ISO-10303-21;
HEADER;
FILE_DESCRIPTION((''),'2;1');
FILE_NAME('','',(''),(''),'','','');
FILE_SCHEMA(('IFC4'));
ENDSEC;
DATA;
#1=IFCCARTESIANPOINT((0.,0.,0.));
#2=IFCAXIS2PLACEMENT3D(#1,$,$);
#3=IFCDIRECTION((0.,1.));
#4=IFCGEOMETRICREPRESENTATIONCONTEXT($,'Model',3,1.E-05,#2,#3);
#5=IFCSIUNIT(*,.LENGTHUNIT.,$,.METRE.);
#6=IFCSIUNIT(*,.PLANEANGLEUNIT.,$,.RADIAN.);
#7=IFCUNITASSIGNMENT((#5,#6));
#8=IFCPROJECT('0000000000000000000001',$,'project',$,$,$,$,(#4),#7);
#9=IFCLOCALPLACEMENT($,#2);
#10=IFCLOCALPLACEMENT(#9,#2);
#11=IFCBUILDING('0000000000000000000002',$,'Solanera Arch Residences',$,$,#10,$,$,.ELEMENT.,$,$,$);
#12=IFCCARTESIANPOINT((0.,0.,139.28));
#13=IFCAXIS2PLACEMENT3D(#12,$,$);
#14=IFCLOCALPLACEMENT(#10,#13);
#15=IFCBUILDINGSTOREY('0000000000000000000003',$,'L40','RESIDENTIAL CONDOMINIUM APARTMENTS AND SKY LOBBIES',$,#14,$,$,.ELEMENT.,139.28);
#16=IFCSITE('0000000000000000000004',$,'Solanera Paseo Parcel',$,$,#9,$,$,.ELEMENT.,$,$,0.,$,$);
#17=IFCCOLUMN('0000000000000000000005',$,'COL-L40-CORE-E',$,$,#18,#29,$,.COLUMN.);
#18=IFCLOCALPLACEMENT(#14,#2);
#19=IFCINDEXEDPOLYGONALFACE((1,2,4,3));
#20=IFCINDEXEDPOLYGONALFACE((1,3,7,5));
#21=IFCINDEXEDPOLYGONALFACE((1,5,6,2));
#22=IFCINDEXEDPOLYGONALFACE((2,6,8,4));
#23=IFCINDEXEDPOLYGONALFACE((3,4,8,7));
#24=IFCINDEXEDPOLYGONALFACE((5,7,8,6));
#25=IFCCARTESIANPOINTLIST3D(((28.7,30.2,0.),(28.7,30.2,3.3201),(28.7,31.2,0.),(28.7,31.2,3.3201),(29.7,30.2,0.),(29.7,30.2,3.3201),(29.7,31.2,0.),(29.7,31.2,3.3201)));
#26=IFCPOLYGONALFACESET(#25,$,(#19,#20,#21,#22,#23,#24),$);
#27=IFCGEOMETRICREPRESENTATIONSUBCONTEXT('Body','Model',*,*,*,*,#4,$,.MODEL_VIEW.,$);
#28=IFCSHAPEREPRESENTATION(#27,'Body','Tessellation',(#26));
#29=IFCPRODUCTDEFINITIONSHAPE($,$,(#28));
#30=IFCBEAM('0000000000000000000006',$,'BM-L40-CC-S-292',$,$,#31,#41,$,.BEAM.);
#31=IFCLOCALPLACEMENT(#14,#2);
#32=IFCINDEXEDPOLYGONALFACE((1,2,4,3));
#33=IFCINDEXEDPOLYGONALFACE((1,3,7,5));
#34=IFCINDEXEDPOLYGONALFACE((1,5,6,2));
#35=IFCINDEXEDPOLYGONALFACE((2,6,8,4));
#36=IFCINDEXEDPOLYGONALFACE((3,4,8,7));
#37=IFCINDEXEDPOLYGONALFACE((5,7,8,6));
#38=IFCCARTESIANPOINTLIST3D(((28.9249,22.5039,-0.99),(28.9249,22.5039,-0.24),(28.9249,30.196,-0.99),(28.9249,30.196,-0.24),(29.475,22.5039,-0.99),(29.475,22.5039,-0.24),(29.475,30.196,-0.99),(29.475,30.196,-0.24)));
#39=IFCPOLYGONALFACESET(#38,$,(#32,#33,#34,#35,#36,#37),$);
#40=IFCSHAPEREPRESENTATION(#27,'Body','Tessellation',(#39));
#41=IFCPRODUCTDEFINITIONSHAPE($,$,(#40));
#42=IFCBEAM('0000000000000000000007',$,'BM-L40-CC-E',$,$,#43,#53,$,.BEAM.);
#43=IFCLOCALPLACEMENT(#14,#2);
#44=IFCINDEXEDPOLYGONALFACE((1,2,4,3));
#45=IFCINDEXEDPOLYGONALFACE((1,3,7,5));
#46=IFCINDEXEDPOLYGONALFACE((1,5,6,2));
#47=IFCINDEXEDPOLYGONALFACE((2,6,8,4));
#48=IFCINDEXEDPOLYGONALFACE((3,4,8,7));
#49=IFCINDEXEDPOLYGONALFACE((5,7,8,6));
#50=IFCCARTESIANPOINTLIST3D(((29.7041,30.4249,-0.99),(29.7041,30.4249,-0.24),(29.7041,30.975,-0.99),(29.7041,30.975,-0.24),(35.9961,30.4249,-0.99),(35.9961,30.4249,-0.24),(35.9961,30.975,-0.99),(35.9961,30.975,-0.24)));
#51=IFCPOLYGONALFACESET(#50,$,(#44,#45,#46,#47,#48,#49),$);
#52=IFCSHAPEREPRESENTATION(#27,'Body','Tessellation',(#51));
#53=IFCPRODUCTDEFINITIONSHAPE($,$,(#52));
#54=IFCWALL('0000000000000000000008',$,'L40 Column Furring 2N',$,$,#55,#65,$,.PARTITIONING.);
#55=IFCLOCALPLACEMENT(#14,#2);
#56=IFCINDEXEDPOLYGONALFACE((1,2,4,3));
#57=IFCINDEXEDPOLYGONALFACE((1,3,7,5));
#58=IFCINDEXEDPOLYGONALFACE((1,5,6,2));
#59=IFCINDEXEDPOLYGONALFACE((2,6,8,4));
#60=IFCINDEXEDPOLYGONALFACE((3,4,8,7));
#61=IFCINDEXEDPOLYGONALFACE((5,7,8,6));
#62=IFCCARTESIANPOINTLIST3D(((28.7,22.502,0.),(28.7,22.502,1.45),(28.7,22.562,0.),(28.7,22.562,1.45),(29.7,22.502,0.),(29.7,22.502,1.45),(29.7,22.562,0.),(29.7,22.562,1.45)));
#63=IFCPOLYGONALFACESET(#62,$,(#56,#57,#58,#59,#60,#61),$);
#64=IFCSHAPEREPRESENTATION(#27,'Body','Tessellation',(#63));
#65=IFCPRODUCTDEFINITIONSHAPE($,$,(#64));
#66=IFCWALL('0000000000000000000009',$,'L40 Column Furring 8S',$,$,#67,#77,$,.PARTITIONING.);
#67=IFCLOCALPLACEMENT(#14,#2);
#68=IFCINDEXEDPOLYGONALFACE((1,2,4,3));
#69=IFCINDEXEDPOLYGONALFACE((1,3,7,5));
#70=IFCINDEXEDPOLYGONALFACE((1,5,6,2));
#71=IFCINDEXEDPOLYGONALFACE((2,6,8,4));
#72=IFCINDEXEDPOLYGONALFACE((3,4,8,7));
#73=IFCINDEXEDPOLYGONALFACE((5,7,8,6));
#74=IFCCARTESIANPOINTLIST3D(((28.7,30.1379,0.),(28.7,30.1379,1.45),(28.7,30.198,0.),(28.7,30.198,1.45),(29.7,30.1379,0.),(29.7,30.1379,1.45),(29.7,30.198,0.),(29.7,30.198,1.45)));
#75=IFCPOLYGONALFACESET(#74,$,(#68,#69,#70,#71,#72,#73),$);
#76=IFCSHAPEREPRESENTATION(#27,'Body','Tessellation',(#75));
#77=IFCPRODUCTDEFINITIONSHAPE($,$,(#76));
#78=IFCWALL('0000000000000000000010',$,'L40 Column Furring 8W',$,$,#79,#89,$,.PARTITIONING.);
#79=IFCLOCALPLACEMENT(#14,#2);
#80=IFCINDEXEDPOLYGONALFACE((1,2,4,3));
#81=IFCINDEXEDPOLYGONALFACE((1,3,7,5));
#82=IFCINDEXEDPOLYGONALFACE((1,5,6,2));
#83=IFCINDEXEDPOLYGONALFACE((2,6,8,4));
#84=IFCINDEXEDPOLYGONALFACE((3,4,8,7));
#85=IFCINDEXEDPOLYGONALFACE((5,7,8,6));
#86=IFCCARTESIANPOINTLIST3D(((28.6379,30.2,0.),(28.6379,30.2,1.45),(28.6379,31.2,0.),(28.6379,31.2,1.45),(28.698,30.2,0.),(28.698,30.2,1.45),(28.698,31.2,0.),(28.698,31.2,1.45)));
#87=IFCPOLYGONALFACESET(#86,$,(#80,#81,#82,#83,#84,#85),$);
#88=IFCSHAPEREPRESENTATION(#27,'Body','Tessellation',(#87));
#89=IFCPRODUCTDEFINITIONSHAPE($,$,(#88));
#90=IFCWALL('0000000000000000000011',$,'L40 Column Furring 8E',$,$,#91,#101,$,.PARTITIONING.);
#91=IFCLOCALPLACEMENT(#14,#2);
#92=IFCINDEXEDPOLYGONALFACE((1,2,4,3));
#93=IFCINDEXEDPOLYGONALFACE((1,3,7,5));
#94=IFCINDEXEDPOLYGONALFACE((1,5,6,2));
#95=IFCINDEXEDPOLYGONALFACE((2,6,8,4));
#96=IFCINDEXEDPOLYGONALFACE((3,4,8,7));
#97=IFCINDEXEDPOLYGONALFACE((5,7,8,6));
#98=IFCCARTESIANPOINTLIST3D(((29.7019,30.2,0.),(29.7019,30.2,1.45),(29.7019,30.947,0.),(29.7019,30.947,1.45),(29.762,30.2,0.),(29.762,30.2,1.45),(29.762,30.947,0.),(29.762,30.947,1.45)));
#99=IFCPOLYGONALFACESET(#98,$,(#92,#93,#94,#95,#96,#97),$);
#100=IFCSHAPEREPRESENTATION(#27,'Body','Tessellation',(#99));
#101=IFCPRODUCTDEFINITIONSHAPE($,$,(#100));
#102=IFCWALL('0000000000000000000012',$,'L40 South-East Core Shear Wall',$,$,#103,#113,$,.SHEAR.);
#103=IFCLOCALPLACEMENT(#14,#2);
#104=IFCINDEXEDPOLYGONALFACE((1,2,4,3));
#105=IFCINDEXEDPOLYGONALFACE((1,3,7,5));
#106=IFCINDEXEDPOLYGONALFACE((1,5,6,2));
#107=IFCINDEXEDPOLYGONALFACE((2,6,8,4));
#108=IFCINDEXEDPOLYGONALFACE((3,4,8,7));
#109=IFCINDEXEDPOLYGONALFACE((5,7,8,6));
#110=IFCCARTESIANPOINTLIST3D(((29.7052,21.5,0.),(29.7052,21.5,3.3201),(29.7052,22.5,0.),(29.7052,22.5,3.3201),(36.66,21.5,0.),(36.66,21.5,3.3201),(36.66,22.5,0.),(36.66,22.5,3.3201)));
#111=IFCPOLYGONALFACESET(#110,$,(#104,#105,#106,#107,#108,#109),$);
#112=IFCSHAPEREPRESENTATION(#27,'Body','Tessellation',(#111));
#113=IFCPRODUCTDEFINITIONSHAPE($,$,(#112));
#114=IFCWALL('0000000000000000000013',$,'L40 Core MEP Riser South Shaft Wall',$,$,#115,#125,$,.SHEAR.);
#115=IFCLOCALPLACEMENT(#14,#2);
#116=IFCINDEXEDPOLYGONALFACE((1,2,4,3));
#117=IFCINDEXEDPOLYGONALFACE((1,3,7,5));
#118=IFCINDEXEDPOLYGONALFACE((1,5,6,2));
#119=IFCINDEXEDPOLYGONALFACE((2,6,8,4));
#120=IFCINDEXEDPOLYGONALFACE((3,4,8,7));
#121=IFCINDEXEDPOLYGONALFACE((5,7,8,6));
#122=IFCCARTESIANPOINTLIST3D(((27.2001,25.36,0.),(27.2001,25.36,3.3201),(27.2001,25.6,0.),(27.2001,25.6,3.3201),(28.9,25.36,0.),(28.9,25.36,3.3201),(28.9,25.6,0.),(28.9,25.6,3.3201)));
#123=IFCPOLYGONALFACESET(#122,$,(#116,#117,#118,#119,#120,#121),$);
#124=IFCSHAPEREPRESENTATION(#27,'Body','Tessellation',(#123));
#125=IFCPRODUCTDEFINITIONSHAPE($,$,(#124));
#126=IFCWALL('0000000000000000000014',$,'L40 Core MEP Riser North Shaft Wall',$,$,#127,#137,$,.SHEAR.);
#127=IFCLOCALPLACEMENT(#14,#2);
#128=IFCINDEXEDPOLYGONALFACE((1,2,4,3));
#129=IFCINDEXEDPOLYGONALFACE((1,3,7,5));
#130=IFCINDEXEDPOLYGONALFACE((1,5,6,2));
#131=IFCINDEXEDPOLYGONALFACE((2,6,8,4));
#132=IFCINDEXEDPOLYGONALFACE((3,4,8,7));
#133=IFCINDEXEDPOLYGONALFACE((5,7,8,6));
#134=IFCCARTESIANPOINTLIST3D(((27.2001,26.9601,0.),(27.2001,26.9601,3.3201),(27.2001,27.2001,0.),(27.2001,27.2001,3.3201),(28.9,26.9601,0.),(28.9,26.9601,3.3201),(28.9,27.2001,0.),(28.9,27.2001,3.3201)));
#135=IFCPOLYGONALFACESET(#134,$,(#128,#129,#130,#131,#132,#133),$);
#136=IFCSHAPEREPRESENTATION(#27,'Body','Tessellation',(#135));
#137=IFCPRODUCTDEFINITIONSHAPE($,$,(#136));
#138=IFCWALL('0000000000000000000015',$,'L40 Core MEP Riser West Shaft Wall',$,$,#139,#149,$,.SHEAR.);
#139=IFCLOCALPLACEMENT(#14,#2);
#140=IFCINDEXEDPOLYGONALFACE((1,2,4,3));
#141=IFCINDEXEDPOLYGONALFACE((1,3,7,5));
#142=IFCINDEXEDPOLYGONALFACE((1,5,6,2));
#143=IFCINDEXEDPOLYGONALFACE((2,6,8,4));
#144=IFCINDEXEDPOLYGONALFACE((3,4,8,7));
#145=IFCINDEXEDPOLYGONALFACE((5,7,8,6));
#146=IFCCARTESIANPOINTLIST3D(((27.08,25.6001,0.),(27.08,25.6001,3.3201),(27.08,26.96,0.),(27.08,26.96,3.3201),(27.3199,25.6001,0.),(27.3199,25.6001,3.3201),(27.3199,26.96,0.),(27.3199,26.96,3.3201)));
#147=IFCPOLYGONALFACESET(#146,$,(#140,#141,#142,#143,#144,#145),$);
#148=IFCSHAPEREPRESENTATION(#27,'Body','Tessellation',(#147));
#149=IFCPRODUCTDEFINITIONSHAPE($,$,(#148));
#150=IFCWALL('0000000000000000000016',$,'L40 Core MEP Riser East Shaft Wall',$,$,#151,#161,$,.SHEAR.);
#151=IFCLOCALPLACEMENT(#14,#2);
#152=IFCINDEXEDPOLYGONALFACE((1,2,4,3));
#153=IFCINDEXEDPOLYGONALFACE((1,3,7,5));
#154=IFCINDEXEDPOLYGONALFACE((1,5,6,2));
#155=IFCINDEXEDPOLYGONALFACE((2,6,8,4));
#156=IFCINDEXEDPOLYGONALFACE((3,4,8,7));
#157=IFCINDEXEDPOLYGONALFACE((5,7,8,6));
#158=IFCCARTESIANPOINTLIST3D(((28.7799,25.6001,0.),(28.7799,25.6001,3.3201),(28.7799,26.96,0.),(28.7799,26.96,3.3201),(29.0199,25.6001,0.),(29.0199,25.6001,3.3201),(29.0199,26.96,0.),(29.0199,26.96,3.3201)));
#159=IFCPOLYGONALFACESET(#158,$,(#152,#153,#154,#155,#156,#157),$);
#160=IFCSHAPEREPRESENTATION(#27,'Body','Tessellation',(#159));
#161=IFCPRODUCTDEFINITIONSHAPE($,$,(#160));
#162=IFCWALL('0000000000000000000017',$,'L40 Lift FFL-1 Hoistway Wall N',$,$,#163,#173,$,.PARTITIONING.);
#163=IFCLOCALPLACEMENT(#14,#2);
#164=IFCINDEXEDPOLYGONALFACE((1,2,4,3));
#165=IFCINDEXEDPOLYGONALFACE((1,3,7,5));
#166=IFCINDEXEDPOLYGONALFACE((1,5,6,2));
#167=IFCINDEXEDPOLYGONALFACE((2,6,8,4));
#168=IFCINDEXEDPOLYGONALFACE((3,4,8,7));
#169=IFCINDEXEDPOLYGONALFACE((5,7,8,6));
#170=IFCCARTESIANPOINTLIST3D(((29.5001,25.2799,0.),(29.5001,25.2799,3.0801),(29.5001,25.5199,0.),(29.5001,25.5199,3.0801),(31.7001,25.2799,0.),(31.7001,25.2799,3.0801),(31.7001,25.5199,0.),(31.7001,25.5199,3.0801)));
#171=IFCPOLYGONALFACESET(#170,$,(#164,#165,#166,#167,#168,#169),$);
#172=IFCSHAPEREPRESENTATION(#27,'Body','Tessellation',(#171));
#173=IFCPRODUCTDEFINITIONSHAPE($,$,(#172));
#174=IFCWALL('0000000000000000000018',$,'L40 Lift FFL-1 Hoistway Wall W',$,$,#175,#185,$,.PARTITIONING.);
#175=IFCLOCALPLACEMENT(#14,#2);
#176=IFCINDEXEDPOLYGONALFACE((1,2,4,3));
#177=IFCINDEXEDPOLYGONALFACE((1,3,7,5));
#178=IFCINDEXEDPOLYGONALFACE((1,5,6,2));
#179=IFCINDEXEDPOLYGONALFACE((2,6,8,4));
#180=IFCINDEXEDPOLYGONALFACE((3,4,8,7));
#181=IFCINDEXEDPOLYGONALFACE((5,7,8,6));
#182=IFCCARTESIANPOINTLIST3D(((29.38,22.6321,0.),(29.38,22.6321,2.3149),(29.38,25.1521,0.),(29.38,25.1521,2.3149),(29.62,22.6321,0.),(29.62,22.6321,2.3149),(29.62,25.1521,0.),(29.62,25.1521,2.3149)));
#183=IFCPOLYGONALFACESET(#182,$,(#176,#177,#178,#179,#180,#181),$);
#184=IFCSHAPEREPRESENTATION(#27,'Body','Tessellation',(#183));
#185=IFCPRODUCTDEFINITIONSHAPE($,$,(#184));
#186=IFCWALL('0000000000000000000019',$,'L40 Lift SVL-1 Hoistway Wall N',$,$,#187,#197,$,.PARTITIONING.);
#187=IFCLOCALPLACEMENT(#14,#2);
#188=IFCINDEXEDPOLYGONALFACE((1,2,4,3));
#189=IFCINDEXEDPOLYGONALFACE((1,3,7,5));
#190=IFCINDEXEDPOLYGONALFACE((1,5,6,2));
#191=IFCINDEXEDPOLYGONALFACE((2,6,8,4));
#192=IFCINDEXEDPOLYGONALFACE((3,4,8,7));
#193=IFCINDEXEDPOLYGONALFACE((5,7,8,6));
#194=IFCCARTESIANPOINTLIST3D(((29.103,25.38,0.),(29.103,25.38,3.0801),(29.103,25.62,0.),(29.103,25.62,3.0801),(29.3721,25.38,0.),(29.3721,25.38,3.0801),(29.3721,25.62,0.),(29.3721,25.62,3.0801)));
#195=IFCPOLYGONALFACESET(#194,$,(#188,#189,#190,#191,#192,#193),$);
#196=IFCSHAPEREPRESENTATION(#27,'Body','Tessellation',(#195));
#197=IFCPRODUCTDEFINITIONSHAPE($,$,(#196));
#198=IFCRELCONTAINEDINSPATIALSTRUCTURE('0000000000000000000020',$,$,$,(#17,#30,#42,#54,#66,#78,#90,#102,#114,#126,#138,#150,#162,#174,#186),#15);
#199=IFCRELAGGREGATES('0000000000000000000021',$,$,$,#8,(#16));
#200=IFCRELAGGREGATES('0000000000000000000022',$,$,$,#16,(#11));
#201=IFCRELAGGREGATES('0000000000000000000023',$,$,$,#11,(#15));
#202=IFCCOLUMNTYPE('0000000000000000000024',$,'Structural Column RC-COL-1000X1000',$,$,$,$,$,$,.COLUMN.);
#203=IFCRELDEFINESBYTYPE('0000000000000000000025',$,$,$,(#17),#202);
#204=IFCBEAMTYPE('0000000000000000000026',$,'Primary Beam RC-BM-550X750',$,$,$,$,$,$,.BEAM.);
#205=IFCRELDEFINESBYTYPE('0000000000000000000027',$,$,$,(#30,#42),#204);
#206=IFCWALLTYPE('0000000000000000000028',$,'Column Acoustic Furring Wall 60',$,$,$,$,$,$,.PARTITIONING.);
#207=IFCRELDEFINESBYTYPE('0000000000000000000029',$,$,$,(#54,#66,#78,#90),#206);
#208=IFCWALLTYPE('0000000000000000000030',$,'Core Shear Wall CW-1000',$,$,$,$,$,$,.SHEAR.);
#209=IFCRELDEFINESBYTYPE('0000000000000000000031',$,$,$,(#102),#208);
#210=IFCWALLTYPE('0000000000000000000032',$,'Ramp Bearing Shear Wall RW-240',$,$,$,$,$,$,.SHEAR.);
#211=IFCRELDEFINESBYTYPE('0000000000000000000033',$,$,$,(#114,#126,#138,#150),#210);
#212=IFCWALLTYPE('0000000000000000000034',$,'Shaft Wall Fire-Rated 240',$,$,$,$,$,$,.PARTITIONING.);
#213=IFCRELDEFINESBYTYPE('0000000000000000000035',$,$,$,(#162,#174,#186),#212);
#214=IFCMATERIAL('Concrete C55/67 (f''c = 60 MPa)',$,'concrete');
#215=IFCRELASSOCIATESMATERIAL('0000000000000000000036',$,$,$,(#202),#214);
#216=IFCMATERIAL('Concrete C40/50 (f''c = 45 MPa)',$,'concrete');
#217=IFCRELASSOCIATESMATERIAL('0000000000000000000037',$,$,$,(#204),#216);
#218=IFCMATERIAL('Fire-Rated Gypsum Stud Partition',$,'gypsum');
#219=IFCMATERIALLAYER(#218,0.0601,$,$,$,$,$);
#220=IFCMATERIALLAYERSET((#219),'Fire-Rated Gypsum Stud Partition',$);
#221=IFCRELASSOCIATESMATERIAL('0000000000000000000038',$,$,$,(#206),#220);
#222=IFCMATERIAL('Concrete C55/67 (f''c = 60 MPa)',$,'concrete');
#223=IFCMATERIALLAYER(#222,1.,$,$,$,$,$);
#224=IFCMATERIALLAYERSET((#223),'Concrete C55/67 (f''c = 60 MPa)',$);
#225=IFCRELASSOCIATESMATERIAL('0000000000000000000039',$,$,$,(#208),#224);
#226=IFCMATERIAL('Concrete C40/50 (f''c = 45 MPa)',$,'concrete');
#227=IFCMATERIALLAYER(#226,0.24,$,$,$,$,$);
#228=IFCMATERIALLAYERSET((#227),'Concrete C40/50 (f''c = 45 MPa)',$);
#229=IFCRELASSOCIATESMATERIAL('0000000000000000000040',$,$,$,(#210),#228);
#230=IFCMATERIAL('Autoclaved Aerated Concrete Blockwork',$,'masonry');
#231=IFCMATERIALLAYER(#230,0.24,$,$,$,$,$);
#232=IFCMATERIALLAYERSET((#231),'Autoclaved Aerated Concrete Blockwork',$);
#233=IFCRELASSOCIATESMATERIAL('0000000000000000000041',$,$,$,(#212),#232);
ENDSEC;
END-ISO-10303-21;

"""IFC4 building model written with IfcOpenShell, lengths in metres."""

from ifc_helpers import new_model, si_unit, direction, frame, frame_2d, origin, origin_2d, place, context, subcontext, project, spatial, rectangle, extrude, material, layer, layer_set, material_profile, profile_set, type_object, element, save


model = new_model("IFC4")

# Units and contexts
model_context = context("Model", 3, precision=1e-05, world=origin(), true_north=direction((0.0, 1.0)))
body_context = subcontext(model_context, "Body", "Model", "MODEL_VIEW")
ifc_project = project(units=[si_unit("LENGTHUNIT", "METRE"), si_unit("PLANEANGLEUNIT", "RADIAN")], contexts=[model_context])

# Site, building, storey
site_placement = place(None, origin())
site = spatial("IfcSite", under=ifc_project, at=site_placement, Name="Solanera Paseo Parcel", CompositionType="ELEMENT", RefElevation=0.0)
building_placement = place(site_placement, origin())
building = spatial("IfcBuilding", under=site, at=building_placement, Name="Solanera Arch Residences", CompositionType="ELEMENT")
storey_placement = place(building_placement, frame((0.0, 0.0, 139.28)))
storey = spatial("IfcBuildingStorey", under=building, at=storey_placement, Name="L40", Description="RESIDENTIAL CONDOMINIUM APARTMENTS AND SKY LOBBIES", CompositionType="ELEMENT", Elevation=139.28)

# Column
ifc_material_1 = material(Name="Concrete C55/67 (f'c = 60 MPa)", Category="concrete")
ifc_material_profile_1 = material_profile(ifc_material_1, rectangle(XDim=1.0, YDim=1.0, at=origin_2d()))
ifc_profile_set_1 = profile_set([ifc_material_profile_1], Name="Concrete C55/67 (f'c = 60 MPa)")
column_type = type_object("IfcColumnType", Name="Structural Column RC-COL-1000X1000", PredefinedType="COLUMN", material=ifc_profile_set_1)
column_placement = place(storey_placement, frame((29.2, 30.7, 0.0), z_axis=(0.0, 0.0, 1.0), x_axis=(1.0, 0.0, 0.0)))
element("IfcColumn", 1, at=column_placement, inside=storey, type_object=column_type, Name="COL-L40-CORE-E", PredefinedType="COLUMN", context=body_context, shape_type="SweptSolid", body=[
    extrude(rectangle(XDim=1.0, YDim=1.0, at=origin_2d()), origin(), (0.0, 0.0, 1.0), 3.3201),
])

# Beams
ifc_material_2 = material(Name="Concrete C40/50 (f'c = 45 MPa)", Category="concrete")
ifc_material_profile_2 = material_profile(ifc_material_2, rectangle(XDim=0.55, YDim=0.75, at=origin_2d()))
ifc_profile_set_2 = profile_set([ifc_material_profile_2], Name="Concrete C40/50 (f'c = 45 MPa)")
beam_type = type_object("IfcBeamType", Name="Primary Beam RC-BM-550X750", PredefinedType="BEAM", material=ifc_profile_set_2)
beam_1_placement = place(storey_placement, frame((29.2, 22.5039, -0.615), z_axis=(0.0, 1.0, 0.0), x_axis=(-1.0, 0.0, 0.0)))
element("IfcBeam", 2, at=beam_1_placement, inside=storey, type_object=beam_type, Name="BM-L40-CC-S-292", PredefinedType="BEAM", context=body_context, shape_type="SweptSolid", body=[
    extrude(rectangle(XDim=0.55, YDim=0.75, at=origin_2d()), origin(), (0.0, 0.0, 1.0), 7.6921),
])
beam_2_placement = place(storey_placement, frame((29.7041, 30.7, -0.615), z_axis=(1.0, 0.0, 0.0), x_axis=(0.0, 1.0, 0.0)))
element("IfcBeam", 3, at=beam_2_placement, inside=storey, type_object=beam_type, Name="BM-L40-CC-E", PredefinedType="BEAM", context=body_context, shape_type="SweptSolid", body=[
    extrude(rectangle(XDim=0.55, YDim=0.75, at=origin_2d()), origin(), (0.0, 0.0, 1.0), 6.292),
])

# Walls
ifc_material_3 = material(Name="Fire-Rated Gypsum Stud Partition", Category="gypsum")
ifc_layer_1 = layer(ifc_material_3, 0.0601)
ifc_layer_set_1 = layer_set([ifc_layer_1], Name="Fire-Rated Gypsum Stud Partition")
wall_type_1 = type_object("IfcWallType", Name="Column Acoustic Furring Wall 60", PredefinedType="PARTITIONING", material=ifc_layer_set_1)
for number, where, z_axis, x_axis, name in (
    (4, (28.7, 22.532, 0.0), (0.0, 0.0, 1.0), (1.0, 0.0, 0.0), "L40 Column Furring 2N"),
    (5, (28.7, 30.168, 0.0), (0.0, 0.0, 1.0), (1.0, 0.0, 0.0), "L40 Column Furring 8S"),
    (6, (28.668, 30.2, 0.0), (0.0, 0.0, 1.0), (0.0, 1.0, 0.0), "L40 Column Furring 8W"),
):
    element("IfcWall", number, at=place(storey_placement, frame(where, z_axis=z_axis, x_axis=x_axis)), inside=storey, type_object=wall_type_1, Name=name, PredefinedType="PARTITIONING", context=body_context, shape_type="SweptSolid", body=[
        extrude(rectangle(XDim=1.0, YDim=0.0601, at=frame_2d((0.5, 0.0))), origin(), (0.0, 0.0, 1.0), 1.45),
    ])
wall_1_placement = place(storey_placement, frame((29.7319, 30.2, 0.0), z_axis=(0.0, 0.0, 1.0), x_axis=(0.0, 1.0, 0.0)))
element("IfcWall", 7, at=wall_1_placement, inside=storey, type_object=wall_type_1, Name="L40 Column Furring 8E", PredefinedType="PARTITIONING", context=body_context, shape_type="SweptSolid", body=[
    extrude(rectangle(XDim=0.7471, YDim=0.0601, at=frame_2d((0.3735, 0.0))), origin(), (0.0, 0.0, 1.0), 1.45),
])
ifc_material_4 = material(Name="Concrete C55/67 (f'c = 60 MPa)", Category="concrete")
ifc_layer_2 = layer(ifc_material_4, 1.0)
ifc_layer_set_2 = layer_set([ifc_layer_2], Name="Concrete C55/67 (f'c = 60 MPa)")
wall_type_2 = type_object("IfcWallType", Name="Core Shear Wall CW-1000", PredefinedType="SHEAR", material=ifc_layer_set_2)
wall_2_placement = place(storey_placement, frame((29.7051, 22.0, 0.0), z_axis=(0.0, 0.0, 1.0), x_axis=(1.0, 0.0, 0.0)))
element("IfcWall", 8, at=wall_2_placement, inside=storey, type_object=wall_type_2, Name="L40 South-East Core Shear Wall", PredefinedType="SHEAR", context=body_context, shape_type="SweptSolid", body=[
    extrude(rectangle(XDim=6.9548, YDim=1.0, at=frame_2d((3.4775, 0.0))), origin(), (0.0, 0.0, 1.0), 3.3201),
])
ifc_material_5 = material(Name="Concrete C40/50 (f'c = 45 MPa)", Category="concrete")
ifc_layer_3 = layer(ifc_material_5, 0.24)
ifc_layer_set_3 = layer_set([ifc_layer_3], Name="Concrete C40/50 (f'c = 45 MPa)")
wall_type_3 = type_object("IfcWallType", Name="Ramp Bearing Shear Wall RW-240", PredefinedType="SHEAR", material=ifc_layer_set_3)
for number, where, z_axis, x_axis, name in (
    (9, (27.2, 25.48, 0.0), (0.0, 0.0, 1.0), (1.0, 0.0, 0.0), "L40 Core MEP Riser South Shaft Wall"),
    (10, (27.2, 27.0801, 0.0), (0.0, 0.0, 1.0), (1.0, 0.0, 0.0), "L40 Core MEP Riser North Shaft Wall"),
):
    element("IfcWall", number, at=place(storey_placement, frame(where, z_axis=z_axis, x_axis=x_axis)), inside=storey, type_object=wall_type_3, Name=name, PredefinedType="SHEAR", context=body_context, shape_type="SweptSolid", body=[
        extrude(rectangle(XDim=1.7, YDim=0.24, at=frame_2d((0.8501, 0.0))), origin(), (0.0, 0.0, 1.0), 3.3201),
    ])
for number, where, z_axis, x_axis, name in (
    (11, (27.2, 25.6001, 0.0), (0.0, 0.0, 1.0), (0.0, 1.0, 0.0), "L40 Core MEP Riser West Shaft Wall"),
    (12, (28.8999, 25.6001, 0.0), (0.0, 0.0, 1.0), (0.0, 1.0, 0.0), "L40 Core MEP Riser East Shaft Wall"),
):
    element("IfcWall", number, at=place(storey_placement, frame(where, z_axis=z_axis, x_axis=x_axis)), inside=storey, type_object=wall_type_3, Name=name, PredefinedType="SHEAR", context=body_context, shape_type="SweptSolid", body=[
        extrude(rectangle(XDim=1.3599, YDim=0.24, at=frame_2d((0.6799, 0.0))), origin(), (0.0, 0.0, 1.0), 3.3201),
    ])
ifc_material_6 = material(Name="Autoclaved Aerated Concrete Blockwork", Category="masonry")
ifc_layer_4 = layer(ifc_material_6, 0.24)
ifc_layer_set_4 = layer_set([ifc_layer_4], Name="Autoclaved Aerated Concrete Blockwork")
wall_type_4 = type_object("IfcWallType", Name="Shaft Wall Fire-Rated 240", PredefinedType="PARTITIONING", material=ifc_layer_set_4)
wall_3_placement = place(storey_placement, frame((29.5, 25.3999, 0.0), z_axis=(0.0, 0.0, 1.0), x_axis=(1.0, 0.0, 0.0)))
element("IfcWall", 13, at=wall_3_placement, inside=storey, type_object=wall_type_4, Name="L40 Lift FFL-1 Hoistway Wall N", PredefinedType="PARTITIONING", context=body_context, shape_type="SweptSolid", body=[
    extrude(rectangle(XDim=2.2, YDim=0.24, at=frame_2d((1.1001, 0.0))), origin(), (0.0, 0.0, 1.0), 3.0801),
])
wall_4_placement = place(storey_placement, frame((29.5, 22.6321, 0.0), z_axis=(0.0, 0.0, 1.0), x_axis=(0.0, 1.0, 0.0)))
element("IfcWall", 14, at=wall_4_placement, inside=storey, type_object=wall_type_4, Name="L40 Lift FFL-1 Hoistway Wall W", PredefinedType="PARTITIONING", context=body_context, shape_type="SweptSolid", body=[
    extrude(rectangle(XDim=2.52, YDim=0.24, at=frame_2d((1.26, 0.0))), origin(), (0.0, 0.0, 1.0), 2.3149),
])
wall_5_placement = place(storey_placement, frame((29.103, 25.5, 0.0), z_axis=(0.0, 0.0, 1.0), x_axis=(1.0, 0.0, 0.0)))
element("IfcWall", 15, at=wall_5_placement, inside=storey, type_object=wall_type_4, Name="L40 Lift SVL-1 Hoistway Wall N", PredefinedType="PARTITIONING", context=body_context, shape_type="SweptSolid", body=[
    extrude(rectangle(XDim=0.269, YDim=0.24, at=frame_2d((0.1345, 0.0))), origin(), (0.0, 0.0, 1.0), 3.0801),
])

save(model, "model.ifc")
